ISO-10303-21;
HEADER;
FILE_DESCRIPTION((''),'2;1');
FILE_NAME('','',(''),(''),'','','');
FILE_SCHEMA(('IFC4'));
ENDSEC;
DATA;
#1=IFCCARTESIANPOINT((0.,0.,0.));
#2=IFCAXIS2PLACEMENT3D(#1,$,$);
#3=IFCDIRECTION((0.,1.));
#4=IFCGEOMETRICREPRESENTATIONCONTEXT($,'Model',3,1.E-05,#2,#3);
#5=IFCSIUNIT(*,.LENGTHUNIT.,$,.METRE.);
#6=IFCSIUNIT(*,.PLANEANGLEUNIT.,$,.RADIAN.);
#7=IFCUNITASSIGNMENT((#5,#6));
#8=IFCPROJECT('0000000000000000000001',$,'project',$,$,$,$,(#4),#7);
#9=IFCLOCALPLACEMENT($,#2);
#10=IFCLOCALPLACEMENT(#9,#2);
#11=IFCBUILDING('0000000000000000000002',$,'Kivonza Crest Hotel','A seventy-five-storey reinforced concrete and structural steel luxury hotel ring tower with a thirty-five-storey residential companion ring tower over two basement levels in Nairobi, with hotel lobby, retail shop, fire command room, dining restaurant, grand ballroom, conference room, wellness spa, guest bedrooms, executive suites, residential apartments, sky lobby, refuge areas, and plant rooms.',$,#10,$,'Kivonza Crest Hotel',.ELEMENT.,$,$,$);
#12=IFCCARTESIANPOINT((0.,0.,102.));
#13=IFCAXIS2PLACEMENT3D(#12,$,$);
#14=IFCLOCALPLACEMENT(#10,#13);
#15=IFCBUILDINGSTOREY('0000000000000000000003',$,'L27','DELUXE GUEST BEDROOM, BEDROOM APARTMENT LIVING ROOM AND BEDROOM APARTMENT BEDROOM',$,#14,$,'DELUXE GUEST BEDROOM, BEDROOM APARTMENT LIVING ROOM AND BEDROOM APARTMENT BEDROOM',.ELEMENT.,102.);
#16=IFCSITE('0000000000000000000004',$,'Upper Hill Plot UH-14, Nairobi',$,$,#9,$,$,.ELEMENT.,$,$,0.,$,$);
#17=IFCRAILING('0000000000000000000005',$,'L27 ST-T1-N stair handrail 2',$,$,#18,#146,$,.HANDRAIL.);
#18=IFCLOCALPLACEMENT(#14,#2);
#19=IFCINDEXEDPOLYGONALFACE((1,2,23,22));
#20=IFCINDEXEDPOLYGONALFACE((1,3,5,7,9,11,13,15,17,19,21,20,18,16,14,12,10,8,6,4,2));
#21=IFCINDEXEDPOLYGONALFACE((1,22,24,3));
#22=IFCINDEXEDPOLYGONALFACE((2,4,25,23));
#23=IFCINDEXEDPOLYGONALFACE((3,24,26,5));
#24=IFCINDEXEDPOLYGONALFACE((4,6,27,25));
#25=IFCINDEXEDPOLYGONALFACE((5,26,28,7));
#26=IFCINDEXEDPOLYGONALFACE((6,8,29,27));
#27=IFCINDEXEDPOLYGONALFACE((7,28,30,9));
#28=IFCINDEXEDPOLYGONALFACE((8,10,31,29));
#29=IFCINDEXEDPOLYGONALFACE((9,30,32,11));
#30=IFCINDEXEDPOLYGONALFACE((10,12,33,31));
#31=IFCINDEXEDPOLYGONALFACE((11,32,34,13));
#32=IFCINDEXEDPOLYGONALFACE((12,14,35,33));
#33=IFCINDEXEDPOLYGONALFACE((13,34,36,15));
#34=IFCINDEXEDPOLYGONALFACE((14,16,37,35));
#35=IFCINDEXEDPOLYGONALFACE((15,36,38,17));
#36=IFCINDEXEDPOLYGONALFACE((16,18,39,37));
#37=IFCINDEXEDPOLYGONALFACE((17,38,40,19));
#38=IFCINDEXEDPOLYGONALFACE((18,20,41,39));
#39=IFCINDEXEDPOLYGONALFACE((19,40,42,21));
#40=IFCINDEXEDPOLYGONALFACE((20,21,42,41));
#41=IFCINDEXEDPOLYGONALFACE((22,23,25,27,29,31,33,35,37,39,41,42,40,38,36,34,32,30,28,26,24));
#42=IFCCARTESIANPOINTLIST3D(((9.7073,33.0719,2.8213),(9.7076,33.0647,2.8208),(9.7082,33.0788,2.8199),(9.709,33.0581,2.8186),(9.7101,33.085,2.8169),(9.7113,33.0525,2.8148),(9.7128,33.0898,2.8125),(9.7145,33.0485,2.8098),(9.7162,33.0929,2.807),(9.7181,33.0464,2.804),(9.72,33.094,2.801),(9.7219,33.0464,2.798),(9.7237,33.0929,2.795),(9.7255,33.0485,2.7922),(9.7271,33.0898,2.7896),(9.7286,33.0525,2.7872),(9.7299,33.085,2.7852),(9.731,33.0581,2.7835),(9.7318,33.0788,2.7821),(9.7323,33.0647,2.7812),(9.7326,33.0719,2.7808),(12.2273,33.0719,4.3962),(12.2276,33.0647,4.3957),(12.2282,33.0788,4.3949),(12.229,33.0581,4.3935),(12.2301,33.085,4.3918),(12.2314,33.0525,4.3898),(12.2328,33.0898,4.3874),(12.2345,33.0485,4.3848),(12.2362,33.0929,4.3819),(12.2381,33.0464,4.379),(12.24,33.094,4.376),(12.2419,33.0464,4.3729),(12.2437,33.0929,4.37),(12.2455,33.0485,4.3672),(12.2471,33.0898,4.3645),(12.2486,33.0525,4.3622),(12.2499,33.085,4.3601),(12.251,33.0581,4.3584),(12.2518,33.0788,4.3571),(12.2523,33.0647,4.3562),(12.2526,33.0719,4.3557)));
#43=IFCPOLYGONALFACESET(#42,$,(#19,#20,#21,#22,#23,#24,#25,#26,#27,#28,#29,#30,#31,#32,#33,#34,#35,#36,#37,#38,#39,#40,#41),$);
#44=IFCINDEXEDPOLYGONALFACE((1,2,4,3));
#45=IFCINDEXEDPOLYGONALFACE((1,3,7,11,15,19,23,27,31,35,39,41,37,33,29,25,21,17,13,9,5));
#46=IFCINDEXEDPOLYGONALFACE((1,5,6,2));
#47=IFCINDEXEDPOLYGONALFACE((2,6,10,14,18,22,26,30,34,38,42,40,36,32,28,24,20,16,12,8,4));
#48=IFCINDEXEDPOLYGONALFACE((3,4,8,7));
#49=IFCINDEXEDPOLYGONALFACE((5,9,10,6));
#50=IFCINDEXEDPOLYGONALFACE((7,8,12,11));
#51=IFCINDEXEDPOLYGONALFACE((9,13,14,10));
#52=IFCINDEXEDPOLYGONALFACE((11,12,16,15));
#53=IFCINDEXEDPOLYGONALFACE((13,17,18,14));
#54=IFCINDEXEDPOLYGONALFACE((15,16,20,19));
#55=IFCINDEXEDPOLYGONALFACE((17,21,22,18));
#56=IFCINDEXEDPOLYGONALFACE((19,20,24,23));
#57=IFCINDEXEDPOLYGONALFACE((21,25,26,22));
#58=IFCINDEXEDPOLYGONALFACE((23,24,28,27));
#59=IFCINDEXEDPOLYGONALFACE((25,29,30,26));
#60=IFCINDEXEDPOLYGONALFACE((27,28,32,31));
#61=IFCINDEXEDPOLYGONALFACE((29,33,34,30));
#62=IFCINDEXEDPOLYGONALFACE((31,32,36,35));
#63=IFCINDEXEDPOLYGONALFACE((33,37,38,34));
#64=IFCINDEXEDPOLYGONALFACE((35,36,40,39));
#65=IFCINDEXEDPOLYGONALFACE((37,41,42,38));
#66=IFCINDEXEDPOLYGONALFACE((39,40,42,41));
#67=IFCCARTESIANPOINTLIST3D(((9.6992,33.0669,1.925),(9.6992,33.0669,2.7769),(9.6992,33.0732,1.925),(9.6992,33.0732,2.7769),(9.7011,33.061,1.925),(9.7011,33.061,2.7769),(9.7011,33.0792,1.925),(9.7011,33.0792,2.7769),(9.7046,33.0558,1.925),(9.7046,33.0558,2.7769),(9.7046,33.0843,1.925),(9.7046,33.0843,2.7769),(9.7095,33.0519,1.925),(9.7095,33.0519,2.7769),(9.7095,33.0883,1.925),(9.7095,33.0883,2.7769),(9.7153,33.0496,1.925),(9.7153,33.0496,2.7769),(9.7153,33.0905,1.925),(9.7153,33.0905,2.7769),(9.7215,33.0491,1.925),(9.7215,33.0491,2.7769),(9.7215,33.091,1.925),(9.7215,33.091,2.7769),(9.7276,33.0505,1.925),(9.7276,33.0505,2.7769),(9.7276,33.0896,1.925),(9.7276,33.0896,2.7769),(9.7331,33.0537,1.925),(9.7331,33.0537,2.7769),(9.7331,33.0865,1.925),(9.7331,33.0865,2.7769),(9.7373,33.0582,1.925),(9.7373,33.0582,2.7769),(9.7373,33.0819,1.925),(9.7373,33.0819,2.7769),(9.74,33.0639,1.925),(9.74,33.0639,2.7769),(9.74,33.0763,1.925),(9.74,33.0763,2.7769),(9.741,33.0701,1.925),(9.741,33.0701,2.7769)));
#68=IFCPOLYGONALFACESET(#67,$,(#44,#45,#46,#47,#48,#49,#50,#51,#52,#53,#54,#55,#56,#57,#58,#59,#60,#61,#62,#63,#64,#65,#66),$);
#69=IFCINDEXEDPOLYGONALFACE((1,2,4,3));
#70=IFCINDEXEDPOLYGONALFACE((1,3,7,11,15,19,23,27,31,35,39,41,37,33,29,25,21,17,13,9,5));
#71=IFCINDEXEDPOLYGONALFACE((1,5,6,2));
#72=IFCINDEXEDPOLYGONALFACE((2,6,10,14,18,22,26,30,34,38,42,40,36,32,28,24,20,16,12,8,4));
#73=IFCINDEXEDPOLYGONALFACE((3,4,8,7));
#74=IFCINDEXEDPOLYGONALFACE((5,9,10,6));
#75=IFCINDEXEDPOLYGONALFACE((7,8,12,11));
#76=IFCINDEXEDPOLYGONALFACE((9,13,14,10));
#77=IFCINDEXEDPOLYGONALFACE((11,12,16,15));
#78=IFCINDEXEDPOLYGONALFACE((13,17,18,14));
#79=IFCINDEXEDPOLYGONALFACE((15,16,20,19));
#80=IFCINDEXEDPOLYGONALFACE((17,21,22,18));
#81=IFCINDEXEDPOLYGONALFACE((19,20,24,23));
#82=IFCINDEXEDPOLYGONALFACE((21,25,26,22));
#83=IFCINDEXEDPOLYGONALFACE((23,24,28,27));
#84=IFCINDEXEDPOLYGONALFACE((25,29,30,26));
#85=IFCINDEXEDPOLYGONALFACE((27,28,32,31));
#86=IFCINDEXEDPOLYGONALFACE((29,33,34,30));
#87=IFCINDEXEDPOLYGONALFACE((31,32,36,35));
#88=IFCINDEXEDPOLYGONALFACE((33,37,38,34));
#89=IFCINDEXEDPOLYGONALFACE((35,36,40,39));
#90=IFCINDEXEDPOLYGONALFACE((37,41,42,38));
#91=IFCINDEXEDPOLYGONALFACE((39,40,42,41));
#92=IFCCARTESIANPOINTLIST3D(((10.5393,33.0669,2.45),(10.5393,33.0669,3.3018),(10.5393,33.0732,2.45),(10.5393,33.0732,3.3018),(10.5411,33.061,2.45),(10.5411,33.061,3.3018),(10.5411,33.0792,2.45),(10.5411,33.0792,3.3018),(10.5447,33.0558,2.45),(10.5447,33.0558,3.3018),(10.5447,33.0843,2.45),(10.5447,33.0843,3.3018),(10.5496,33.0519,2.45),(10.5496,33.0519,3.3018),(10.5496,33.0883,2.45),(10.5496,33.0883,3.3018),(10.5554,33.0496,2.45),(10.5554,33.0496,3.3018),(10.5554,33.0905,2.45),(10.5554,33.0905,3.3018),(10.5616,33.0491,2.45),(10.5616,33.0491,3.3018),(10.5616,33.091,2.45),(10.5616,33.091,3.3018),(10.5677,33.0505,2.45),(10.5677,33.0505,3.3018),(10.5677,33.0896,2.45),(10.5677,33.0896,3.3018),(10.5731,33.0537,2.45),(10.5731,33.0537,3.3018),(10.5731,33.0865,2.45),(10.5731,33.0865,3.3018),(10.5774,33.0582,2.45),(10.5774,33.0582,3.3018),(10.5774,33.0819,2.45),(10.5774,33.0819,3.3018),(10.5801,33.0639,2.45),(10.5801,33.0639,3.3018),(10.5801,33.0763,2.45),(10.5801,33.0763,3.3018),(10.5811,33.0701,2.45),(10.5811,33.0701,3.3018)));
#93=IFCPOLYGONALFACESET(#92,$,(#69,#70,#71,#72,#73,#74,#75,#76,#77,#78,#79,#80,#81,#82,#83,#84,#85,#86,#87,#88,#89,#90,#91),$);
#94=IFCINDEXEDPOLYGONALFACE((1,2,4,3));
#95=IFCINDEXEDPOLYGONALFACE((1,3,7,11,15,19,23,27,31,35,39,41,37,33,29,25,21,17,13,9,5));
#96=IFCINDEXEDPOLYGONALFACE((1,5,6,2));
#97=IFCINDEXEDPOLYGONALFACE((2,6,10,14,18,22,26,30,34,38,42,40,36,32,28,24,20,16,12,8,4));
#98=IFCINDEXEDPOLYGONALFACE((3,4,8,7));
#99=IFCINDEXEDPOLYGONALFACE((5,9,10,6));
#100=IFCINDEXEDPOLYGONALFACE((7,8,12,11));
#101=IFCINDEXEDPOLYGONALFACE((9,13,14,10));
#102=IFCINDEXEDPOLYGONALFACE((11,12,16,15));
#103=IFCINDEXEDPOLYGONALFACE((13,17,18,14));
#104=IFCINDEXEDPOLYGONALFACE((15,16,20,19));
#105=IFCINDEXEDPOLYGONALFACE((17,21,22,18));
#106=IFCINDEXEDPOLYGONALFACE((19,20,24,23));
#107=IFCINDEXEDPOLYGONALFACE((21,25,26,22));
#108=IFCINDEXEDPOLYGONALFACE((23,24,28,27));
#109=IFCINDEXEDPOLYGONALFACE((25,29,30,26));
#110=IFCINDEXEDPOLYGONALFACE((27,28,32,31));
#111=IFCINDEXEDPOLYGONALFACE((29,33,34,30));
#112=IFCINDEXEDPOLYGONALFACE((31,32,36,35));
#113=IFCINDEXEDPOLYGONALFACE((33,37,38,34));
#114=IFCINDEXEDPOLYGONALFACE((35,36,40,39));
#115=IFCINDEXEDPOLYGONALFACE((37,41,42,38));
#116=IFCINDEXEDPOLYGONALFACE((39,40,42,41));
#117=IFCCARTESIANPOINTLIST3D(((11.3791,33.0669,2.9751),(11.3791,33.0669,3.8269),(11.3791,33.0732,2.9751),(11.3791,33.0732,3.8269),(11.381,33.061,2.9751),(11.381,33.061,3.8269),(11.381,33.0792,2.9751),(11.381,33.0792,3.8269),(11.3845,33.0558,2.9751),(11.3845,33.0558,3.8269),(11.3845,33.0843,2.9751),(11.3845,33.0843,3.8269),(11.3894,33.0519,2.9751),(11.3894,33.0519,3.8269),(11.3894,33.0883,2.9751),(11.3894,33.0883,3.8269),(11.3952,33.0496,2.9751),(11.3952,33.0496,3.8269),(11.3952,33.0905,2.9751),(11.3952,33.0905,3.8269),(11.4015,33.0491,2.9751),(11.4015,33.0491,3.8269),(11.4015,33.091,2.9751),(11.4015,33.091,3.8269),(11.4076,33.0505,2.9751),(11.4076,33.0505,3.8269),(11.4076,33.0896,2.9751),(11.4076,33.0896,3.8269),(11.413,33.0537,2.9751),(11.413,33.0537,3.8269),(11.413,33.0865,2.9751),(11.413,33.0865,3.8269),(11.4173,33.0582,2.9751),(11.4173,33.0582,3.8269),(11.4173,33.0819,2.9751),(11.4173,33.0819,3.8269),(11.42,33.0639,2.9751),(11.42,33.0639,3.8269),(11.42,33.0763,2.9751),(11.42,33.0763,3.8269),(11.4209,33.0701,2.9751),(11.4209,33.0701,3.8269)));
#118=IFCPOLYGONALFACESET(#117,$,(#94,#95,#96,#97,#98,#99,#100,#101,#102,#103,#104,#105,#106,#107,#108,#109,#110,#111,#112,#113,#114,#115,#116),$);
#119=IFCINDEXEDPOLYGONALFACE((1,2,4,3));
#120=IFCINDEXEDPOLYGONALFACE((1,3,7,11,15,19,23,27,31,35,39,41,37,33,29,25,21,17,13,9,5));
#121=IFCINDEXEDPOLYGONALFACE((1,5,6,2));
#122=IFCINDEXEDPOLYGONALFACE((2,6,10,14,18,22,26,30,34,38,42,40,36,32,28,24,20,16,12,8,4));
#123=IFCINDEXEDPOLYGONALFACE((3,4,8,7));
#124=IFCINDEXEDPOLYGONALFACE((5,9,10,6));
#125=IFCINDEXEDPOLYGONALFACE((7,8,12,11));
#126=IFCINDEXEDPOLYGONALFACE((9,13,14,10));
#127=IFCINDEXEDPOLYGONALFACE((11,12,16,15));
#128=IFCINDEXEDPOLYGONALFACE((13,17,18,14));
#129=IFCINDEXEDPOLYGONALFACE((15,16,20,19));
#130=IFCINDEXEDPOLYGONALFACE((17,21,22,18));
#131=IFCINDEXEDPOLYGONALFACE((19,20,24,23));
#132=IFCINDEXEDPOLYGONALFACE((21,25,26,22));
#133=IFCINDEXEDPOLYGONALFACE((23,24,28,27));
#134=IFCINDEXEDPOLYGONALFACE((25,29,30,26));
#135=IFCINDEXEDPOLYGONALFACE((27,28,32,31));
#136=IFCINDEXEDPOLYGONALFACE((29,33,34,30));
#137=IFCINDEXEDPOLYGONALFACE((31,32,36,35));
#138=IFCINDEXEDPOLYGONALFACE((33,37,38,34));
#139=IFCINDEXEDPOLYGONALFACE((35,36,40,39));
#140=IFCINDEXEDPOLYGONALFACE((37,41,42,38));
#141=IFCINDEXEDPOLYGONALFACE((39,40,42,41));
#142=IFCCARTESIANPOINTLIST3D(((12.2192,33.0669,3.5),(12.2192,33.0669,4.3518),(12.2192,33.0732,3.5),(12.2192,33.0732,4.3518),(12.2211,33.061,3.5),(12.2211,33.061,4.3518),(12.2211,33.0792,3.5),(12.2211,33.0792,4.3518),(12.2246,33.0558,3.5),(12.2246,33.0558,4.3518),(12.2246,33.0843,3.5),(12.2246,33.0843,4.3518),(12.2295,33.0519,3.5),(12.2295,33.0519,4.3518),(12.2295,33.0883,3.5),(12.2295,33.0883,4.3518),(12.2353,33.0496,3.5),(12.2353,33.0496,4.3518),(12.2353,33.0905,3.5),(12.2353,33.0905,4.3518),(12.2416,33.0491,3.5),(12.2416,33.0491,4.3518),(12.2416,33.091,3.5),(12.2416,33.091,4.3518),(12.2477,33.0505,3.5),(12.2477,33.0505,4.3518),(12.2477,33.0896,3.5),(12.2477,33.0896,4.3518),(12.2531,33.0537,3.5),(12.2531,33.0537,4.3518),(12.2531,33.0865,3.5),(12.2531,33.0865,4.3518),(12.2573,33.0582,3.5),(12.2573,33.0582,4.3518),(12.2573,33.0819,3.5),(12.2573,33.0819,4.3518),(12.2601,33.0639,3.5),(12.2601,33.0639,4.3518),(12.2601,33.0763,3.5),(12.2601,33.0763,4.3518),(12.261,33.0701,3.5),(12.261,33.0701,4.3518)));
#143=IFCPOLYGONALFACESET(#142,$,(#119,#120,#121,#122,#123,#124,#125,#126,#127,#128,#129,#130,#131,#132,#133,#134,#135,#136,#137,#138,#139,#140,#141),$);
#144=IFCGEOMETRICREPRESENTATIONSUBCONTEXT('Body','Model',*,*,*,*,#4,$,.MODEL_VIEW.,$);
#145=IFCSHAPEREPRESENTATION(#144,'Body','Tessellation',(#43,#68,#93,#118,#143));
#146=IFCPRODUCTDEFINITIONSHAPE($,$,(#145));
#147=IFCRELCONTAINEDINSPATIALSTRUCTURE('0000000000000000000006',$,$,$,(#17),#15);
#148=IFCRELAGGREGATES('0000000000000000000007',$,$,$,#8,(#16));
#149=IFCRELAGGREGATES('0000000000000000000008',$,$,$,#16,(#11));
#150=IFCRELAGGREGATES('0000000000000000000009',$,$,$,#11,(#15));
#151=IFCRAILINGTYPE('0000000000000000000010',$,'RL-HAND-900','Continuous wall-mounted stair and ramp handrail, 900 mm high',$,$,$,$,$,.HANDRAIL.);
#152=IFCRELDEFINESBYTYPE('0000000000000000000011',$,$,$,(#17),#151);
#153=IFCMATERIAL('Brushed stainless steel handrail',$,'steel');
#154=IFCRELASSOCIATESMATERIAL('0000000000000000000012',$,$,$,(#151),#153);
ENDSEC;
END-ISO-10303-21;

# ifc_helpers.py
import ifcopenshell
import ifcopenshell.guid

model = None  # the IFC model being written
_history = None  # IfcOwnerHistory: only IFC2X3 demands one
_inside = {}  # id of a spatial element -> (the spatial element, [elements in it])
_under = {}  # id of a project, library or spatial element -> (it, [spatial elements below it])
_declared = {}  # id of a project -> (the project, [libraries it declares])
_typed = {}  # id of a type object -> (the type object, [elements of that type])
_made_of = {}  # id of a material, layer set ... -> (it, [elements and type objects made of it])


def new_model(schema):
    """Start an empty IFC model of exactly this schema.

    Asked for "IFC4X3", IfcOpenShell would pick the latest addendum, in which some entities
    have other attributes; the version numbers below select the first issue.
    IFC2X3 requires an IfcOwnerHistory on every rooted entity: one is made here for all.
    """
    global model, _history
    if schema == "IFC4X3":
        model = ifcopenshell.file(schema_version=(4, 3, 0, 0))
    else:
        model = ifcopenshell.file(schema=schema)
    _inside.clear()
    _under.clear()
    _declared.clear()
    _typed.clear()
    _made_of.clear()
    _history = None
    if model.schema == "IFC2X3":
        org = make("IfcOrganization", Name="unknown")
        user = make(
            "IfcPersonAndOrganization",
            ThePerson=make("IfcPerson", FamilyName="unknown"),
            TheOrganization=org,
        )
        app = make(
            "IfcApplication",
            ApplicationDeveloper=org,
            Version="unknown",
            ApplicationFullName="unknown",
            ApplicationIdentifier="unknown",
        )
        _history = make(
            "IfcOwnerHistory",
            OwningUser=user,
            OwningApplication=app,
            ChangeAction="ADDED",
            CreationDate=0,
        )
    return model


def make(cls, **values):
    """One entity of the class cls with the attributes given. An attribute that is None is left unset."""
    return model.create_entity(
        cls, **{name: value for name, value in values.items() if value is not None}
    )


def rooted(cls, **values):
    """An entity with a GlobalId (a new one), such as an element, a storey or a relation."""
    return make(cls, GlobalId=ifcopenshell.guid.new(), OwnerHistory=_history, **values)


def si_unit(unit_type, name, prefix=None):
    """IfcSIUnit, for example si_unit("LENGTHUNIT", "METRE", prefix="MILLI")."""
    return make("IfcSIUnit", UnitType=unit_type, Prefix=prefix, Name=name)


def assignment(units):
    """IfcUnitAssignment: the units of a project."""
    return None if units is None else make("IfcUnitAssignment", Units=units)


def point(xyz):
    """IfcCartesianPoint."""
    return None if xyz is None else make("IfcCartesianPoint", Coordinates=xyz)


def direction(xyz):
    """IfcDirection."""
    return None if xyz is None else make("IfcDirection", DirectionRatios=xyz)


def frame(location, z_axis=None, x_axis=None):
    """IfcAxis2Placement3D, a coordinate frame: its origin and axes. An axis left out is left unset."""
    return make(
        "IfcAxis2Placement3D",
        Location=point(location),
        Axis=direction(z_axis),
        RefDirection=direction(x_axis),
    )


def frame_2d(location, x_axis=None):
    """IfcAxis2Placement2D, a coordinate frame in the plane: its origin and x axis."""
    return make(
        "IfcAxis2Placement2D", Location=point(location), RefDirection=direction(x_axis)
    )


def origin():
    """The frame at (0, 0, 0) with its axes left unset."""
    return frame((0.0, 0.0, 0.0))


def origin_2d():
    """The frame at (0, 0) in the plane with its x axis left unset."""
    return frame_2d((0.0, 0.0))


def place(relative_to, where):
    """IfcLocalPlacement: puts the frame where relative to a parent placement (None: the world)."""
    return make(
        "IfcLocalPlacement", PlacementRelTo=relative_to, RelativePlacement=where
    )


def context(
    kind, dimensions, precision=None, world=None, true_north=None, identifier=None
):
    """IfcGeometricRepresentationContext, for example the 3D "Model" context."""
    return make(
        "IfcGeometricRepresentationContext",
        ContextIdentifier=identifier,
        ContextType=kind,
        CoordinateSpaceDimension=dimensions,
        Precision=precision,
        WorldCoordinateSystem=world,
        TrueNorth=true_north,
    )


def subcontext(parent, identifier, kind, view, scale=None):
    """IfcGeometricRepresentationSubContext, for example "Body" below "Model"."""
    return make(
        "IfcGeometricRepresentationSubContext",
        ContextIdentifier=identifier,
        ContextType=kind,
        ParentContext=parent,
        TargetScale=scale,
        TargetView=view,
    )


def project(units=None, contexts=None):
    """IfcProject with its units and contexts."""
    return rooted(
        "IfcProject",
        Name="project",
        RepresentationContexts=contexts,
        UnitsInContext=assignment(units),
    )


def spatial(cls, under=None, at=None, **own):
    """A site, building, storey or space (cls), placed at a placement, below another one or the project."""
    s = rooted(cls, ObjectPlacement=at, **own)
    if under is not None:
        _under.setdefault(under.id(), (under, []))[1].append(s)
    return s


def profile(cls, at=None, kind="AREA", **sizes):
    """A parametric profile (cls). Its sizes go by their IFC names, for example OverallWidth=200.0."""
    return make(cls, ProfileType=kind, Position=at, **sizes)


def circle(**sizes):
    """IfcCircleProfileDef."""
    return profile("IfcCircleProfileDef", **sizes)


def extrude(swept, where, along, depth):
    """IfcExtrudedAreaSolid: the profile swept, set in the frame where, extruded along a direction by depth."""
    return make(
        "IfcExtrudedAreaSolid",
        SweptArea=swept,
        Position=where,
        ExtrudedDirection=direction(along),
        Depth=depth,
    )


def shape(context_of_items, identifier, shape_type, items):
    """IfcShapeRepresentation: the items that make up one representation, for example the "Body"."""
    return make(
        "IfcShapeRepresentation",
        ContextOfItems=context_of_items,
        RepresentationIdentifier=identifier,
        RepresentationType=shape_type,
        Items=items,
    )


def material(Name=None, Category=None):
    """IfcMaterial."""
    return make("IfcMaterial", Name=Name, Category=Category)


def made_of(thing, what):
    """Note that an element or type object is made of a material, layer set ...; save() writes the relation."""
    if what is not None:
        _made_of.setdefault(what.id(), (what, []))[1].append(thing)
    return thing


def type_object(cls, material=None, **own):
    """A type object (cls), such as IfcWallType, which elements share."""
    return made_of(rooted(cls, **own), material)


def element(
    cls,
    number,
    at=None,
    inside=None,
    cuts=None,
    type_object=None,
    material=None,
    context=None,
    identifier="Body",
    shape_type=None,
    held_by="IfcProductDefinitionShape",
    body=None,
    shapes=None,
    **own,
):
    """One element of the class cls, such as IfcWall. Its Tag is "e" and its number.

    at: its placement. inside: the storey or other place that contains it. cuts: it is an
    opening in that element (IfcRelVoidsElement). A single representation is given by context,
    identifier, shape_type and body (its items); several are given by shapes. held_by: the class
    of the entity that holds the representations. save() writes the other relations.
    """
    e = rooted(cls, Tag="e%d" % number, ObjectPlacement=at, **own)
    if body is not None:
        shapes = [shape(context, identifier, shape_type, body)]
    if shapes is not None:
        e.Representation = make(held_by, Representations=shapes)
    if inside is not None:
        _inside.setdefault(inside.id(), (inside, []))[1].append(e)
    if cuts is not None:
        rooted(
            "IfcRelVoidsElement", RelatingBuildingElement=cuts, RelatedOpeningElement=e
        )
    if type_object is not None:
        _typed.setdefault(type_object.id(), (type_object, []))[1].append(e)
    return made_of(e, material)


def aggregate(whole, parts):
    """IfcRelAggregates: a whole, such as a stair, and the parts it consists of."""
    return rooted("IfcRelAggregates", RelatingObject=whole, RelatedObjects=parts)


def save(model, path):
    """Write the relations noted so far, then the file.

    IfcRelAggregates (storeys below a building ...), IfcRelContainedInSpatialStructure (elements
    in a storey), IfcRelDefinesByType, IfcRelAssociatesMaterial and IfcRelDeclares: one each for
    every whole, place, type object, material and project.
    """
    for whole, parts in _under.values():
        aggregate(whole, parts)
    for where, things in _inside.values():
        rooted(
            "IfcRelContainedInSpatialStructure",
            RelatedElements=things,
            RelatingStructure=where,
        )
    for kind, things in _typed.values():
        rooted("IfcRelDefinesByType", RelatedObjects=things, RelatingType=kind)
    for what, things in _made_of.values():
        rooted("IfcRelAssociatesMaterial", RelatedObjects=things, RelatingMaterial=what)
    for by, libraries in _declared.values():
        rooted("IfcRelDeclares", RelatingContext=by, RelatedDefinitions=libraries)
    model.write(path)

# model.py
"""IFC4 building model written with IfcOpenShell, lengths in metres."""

from ifc_helpers import new_model, si_unit, direction, frame, origin, origin_2d, place, context, subcontext, project, spatial, circle, extrude, material, type_object, element, save


model = new_model("IFC4")

# Units and contexts
model_context = context("Model", 3, precision=1e-05, world=origin(), true_north=direction((0.0, 1.0)))
body_context = subcontext(model_context, "Body", "Model", "MODEL_VIEW")
ifc_project = project(units=[si_unit("LENGTHUNIT", "METRE"), si_unit("PLANEANGLEUNIT", "RADIAN")], contexts=[model_context])

# Site, building, storey
site_placement = place(None, origin())
site = spatial("IfcSite", under=ifc_project, at=site_placement, Name="Upper Hill Plot UH-14, Nairobi", CompositionType="ELEMENT", RefElevation=0.0)
building_placement = place(site_placement, origin())
building = spatial("IfcBuilding", under=site, at=building_placement, Name="Kivonza Crest Hotel", Description="A seventy-five-storey reinforced concrete and structural steel luxury hotel ring tower with a thirty-five-storey residential companion ring tower over two basement levels in Nairobi, with hotel lobby, retail shop, fire command room, dining restaurant, grand ballroom, conference room, wellness spa, guest bedrooms, executive suites, residential apartments, sky lobby, refuge areas, and plant rooms.", LongName="Kivonza Crest Hotel", CompositionType="ELEMENT")
storey_placement = place(building_placement, frame((0.0, 0.0, 102.0)))
storey = spatial("IfcBuildingStorey", under=building, at=storey_placement, Name="L27", Description="DELUXE GUEST BEDROOM, BEDROOM APARTMENT LIVING ROOM AND BEDROOM APARTMENT BEDROOM", LongName="DELUXE GUEST BEDROOM, BEDROOM APARTMENT LIVING ROOM AND BEDROOM APARTMENT BEDROOM", CompositionType="ELEMENT", Elevation=102.0)

# Railing
ifc_material_1 = material(Name="Brushed stainless steel handrail", Category="steel")
railing_type_1 = type_object("IfcRailingType", Name="RL-HAND-900", Description="Continuous wall-mounted stair and ramp handrail, 900 mm high", PredefinedType="HANDRAIL", material=ifc_material_1)
railing_1_placement = place(storey_placement, frame((9.72, 33.0701, 1.925)))
element("IfcRailing", 1, at=railing_1_placement, inside=storey, type_object=railing_type_1, Name="L27 ST-T1-N stair handrail 2", PredefinedType="HANDRAIL", context=body_context, shape_type="SweptSolid", body=[
    extrude(circle(Radius=0.0239, at=origin_2d()), frame((0.0, 0.0, 0.876), z_axis=(0.848008, 0.0, 0.529984), x_axis=(0.0, 1.0, 0.0)), (0.0, 0.0, 1.0), 2.9717),
    extrude(circle(Radius=0.021, at=origin_2d()), origin(), (0.0, 0.0, 1.0), 0.8518),
    extrude(circle(Radius=0.021, at=origin_2d()), frame((0.8401, 0.0, 0.5249)), (0.0, 0.0, 1.0), 0.8518),
    extrude(circle(Radius=0.021, at=origin_2d()), frame((1.6799, 0.0, 1.05)), (0.0, 0.0, 1.0), 0.8518),
    extrude(circle(Radius=0.021, at=origin_2d()), frame((2.52, 0.0, 1.575)), (0.0, 0.0, 1.0), 0.8518),
])

save(model, "model.ifc")
